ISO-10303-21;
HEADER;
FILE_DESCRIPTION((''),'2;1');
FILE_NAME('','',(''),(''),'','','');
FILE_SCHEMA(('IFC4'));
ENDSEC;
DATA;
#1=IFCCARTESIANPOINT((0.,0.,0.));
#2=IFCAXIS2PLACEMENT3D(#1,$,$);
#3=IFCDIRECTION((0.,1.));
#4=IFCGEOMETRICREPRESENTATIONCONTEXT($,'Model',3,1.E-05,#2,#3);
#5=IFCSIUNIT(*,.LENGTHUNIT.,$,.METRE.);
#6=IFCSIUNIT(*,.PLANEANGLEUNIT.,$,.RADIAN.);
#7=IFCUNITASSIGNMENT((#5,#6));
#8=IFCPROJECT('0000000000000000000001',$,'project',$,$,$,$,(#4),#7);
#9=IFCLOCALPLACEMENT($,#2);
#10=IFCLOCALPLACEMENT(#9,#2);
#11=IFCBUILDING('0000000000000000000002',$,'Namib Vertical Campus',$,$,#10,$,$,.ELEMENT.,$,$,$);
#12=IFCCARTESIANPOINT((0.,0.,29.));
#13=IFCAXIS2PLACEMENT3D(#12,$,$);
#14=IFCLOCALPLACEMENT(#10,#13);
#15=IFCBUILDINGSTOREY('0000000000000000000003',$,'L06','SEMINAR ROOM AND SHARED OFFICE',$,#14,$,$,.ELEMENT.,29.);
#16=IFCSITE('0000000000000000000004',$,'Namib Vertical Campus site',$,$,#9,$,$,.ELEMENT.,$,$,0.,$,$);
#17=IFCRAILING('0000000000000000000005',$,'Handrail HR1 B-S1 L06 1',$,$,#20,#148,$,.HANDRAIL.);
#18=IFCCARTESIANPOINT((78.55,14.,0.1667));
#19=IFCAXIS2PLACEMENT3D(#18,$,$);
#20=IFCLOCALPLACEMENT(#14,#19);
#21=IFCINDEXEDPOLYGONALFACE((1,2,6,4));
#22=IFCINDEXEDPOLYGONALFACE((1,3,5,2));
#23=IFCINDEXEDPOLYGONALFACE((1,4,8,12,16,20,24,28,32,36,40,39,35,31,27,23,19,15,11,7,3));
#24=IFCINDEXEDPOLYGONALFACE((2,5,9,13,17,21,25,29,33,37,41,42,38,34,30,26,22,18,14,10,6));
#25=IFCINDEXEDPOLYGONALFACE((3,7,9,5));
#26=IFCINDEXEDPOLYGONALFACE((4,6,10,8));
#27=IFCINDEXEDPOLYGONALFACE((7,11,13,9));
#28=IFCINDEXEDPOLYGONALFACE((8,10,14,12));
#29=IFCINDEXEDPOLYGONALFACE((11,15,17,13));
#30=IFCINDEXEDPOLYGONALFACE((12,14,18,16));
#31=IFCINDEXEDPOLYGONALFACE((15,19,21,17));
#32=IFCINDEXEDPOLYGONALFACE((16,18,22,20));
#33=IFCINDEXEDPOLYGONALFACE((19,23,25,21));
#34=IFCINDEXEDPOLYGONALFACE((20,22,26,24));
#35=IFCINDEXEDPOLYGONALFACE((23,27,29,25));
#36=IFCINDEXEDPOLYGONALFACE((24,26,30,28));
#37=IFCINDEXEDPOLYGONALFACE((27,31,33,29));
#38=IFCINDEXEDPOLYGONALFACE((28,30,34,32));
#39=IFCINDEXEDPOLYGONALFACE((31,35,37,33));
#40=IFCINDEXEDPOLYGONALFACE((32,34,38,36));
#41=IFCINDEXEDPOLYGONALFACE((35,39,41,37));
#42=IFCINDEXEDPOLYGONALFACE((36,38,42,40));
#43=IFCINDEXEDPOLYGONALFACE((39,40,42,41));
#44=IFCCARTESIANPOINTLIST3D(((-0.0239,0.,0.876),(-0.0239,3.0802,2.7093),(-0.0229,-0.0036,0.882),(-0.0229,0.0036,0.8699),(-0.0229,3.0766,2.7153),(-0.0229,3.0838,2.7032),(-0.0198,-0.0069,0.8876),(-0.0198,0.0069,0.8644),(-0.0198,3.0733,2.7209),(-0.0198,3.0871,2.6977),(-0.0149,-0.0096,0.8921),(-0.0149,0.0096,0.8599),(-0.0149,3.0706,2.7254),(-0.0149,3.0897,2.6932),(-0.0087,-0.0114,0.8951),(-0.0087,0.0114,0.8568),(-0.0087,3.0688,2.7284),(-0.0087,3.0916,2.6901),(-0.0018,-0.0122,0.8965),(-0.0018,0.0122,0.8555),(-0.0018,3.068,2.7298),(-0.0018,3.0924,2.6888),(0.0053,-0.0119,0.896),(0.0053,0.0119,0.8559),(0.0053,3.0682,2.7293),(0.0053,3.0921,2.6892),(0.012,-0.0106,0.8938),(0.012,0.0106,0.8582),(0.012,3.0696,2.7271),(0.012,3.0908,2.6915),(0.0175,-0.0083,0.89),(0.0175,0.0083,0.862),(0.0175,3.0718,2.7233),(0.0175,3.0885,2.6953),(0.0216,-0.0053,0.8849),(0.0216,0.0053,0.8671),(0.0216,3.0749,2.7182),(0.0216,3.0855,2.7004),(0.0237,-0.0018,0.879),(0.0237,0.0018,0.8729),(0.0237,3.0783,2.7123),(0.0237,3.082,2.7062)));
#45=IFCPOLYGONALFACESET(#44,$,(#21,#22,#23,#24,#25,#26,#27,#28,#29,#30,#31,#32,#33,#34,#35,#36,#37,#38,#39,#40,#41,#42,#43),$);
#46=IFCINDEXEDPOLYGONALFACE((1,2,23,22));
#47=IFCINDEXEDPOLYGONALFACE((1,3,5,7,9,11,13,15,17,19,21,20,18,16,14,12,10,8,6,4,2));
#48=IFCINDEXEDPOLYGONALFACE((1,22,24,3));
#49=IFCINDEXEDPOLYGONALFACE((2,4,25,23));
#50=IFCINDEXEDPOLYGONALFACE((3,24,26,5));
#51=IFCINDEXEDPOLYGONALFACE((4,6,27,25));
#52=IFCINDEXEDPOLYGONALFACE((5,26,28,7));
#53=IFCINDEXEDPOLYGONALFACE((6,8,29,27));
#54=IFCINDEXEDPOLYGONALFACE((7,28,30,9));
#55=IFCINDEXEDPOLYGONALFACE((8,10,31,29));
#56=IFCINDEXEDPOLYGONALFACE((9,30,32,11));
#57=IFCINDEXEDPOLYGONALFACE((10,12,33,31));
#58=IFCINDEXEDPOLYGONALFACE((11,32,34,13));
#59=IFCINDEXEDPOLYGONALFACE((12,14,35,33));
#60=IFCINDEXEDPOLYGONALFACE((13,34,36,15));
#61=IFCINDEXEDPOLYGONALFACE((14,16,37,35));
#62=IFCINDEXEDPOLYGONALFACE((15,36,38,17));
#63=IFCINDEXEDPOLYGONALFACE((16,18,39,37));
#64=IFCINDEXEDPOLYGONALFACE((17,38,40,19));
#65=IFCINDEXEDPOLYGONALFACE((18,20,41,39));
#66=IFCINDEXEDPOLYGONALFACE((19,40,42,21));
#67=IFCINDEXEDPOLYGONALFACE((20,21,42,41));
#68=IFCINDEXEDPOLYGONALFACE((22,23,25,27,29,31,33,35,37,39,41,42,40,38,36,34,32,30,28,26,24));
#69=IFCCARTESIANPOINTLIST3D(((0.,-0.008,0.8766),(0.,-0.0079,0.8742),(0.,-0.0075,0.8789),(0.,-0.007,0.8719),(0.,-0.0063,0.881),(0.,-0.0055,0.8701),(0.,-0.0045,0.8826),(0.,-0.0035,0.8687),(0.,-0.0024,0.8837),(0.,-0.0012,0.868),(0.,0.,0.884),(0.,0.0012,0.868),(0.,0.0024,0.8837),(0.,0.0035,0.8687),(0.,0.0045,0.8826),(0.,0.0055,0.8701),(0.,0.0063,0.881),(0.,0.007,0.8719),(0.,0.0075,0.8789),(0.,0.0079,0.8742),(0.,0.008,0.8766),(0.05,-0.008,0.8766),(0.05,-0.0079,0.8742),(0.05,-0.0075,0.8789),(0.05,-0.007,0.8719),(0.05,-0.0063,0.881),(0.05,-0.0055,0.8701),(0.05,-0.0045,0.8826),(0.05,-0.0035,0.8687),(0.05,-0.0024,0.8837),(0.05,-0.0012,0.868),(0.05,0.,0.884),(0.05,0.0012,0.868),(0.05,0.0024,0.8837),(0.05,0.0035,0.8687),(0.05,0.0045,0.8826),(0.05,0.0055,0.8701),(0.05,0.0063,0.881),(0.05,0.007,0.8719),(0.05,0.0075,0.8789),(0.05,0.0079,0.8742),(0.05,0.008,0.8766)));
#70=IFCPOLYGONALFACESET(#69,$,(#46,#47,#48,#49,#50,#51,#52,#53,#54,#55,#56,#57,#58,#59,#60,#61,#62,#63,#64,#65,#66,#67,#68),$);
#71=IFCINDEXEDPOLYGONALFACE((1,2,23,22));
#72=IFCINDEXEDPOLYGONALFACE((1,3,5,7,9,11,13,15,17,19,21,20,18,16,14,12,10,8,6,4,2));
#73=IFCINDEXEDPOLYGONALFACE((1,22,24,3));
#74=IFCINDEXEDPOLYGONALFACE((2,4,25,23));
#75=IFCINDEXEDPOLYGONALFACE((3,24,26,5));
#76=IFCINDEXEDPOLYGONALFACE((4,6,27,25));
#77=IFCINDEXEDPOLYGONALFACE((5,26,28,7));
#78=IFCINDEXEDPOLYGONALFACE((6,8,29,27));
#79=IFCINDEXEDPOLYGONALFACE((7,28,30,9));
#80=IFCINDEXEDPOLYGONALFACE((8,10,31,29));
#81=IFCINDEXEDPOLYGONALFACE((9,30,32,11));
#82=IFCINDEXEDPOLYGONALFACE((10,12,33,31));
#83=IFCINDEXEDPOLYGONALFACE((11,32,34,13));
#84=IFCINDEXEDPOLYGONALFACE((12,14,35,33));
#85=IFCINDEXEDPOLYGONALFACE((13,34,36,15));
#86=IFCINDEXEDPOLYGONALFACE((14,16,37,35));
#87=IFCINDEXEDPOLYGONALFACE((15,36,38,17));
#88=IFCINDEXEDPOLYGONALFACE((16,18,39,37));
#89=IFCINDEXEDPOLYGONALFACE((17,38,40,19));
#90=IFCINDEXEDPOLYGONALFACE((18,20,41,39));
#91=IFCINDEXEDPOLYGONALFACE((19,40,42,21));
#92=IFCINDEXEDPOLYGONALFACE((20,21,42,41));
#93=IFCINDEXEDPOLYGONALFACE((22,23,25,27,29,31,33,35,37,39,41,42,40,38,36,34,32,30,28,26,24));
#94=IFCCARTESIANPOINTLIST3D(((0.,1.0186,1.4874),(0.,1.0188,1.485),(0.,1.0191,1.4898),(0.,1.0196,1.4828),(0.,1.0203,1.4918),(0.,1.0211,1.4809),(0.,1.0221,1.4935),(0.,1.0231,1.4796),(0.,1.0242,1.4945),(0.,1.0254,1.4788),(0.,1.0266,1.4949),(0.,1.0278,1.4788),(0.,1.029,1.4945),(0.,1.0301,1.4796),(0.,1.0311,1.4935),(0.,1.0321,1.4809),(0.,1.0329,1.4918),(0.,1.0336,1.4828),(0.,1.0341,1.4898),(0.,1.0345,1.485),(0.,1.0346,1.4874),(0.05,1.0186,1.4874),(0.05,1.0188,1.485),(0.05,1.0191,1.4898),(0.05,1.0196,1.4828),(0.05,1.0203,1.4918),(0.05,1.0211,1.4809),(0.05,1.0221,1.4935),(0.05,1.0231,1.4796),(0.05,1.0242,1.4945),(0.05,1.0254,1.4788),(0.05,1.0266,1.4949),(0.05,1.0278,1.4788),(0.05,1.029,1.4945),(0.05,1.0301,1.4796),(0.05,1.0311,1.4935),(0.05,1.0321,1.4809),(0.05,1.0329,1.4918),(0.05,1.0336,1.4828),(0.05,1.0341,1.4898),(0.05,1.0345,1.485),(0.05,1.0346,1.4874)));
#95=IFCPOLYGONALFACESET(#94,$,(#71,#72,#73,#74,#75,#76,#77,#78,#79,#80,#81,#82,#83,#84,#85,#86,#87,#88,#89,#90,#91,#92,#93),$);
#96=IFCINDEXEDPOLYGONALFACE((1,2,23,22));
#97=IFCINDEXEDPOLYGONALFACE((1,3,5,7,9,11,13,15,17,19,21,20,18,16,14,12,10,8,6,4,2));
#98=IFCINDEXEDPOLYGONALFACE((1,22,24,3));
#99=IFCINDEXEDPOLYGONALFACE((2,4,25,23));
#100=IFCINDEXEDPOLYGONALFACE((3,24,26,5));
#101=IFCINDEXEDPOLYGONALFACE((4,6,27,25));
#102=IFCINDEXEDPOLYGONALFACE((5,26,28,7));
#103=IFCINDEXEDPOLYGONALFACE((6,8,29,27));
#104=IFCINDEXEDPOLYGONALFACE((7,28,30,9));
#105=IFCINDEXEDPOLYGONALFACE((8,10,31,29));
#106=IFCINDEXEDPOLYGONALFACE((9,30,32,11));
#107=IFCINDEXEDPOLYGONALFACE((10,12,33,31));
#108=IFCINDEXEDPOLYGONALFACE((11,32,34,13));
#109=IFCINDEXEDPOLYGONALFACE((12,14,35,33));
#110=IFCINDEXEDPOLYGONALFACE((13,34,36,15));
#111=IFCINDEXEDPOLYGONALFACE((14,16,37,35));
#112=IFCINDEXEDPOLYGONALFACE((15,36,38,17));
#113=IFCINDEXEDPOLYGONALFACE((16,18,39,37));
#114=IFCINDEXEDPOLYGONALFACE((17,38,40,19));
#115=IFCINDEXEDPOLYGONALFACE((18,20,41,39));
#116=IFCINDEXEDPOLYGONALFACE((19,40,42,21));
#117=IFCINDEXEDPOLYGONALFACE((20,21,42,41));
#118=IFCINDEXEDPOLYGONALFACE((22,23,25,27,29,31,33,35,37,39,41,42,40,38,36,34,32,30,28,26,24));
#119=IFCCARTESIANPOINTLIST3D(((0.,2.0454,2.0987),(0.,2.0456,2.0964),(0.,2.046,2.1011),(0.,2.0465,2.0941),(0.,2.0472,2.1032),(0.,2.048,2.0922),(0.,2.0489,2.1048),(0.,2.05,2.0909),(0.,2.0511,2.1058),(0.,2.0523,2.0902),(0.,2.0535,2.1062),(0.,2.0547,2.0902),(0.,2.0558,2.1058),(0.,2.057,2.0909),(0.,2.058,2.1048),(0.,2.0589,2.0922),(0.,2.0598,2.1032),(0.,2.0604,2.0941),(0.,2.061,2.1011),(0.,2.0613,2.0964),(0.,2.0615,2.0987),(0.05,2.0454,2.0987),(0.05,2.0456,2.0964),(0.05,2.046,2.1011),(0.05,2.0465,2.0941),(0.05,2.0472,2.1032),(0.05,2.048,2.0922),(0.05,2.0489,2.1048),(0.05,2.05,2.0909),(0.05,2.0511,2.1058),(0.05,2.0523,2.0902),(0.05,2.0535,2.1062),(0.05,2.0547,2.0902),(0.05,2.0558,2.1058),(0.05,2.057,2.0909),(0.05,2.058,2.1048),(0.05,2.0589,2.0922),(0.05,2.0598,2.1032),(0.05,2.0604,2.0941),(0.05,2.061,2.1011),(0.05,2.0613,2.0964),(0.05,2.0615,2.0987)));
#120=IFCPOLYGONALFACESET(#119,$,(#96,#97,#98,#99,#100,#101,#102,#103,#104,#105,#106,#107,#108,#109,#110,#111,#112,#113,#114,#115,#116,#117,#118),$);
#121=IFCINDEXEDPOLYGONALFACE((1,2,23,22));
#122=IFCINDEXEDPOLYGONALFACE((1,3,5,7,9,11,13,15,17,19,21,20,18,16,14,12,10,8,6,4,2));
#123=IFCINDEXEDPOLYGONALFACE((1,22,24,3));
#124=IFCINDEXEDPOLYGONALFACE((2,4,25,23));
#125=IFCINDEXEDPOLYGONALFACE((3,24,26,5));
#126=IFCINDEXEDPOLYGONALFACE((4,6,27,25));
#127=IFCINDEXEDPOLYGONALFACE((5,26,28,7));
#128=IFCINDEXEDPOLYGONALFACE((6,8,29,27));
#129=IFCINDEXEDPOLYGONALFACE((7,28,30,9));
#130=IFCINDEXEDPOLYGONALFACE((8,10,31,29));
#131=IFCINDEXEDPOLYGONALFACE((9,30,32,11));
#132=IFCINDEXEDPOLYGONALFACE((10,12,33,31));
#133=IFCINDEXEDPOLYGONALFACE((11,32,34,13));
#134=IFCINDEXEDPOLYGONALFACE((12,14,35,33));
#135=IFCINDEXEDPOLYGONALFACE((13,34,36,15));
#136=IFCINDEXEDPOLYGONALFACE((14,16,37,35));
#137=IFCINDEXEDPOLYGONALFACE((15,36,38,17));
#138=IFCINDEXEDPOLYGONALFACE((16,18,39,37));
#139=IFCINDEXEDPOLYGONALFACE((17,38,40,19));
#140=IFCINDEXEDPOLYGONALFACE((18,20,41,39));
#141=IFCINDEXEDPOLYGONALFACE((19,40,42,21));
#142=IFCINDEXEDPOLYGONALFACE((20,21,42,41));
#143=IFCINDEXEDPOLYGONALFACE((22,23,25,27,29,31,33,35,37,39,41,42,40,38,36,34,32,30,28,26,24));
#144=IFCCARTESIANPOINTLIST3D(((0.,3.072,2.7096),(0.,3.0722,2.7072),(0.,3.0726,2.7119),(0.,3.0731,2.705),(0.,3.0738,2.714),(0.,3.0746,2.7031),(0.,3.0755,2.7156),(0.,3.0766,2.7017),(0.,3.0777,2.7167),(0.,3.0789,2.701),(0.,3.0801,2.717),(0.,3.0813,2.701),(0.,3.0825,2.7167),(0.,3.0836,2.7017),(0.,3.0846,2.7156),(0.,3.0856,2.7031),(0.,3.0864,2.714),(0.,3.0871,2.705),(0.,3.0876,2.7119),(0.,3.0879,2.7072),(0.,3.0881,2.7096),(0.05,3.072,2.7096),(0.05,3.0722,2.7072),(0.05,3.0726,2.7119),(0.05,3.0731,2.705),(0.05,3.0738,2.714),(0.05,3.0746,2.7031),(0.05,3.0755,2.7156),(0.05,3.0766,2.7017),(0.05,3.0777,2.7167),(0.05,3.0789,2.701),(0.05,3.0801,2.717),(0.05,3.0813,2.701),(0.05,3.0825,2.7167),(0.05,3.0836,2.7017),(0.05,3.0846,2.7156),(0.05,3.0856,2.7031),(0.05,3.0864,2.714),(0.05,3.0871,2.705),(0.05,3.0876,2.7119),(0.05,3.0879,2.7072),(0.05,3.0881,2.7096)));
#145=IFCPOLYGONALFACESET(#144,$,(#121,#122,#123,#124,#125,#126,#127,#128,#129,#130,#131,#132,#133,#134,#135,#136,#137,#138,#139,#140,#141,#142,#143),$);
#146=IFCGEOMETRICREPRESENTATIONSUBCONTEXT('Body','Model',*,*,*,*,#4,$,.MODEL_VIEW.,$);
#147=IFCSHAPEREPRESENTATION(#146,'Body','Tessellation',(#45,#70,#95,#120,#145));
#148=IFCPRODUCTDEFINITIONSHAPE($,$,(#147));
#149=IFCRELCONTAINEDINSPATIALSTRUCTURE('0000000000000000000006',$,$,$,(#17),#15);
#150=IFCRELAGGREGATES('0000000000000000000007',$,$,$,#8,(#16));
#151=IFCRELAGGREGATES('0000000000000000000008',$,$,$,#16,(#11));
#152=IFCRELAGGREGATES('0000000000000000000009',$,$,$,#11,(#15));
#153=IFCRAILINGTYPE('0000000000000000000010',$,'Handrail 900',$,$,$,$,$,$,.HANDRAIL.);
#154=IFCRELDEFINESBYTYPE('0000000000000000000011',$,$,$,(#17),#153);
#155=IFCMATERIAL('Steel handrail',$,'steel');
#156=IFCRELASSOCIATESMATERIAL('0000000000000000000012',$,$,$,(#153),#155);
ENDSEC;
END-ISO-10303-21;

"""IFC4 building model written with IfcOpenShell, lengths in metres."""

from ifc_helpers import new_model, si_unit, direction, frame, origin, origin_2d, place, context, subcontext, project, spatial, circle, extrude, material, type_object, element, save


model = new_model("IFC4")

# Units and contexts
model_context = context("Model", 3, precision=1e-05, world=origin(), true_north=direction((0.0, 1.0)))
body_context = subcontext(model_context, "Body", "Model", "MODEL_VIEW")
ifc_project = project(units=[si_unit("LENGTHUNIT", "METRE"), si_unit("PLANEANGLEUNIT", "RADIAN")], contexts=[model_context])

# Site, building, storey
site_placement = place(None, origin())
site = spatial("IfcSite", under=ifc_project, at=site_placement, Name="Namib Vertical Campus site", CompositionType="ELEMENT", RefElevation=0.0)
building_placement = place(site_placement, origin())
building = spatial("IfcBuilding", under=site, at=building_placement, Name="Namib Vertical Campus", CompositionType="ELEMENT")
storey_placement = place(building_placement, frame((0.0, 0.0, 29.0)))
storey = spatial("IfcBuildingStorey", under=building, at=storey_placement, Name="L06", Description="SEMINAR ROOM AND SHARED OFFICE", CompositionType="ELEMENT", Elevation=29.0)

# Railing
ifc_material_1 = material(Name="Steel handrail", Category="steel")
railing_type_1 = type_object("IfcRailingType", Name="Handrail 900", PredefinedType="HANDRAIL", material=ifc_material_1)
railing_1_placement = place(storey_placement, frame((78.55, 14.0, 0.1667)))
element("IfcRailing", 1, at=railing_1_placement, inside=storey, type_object=railing_type_1, Name="Handrail HR1 B-S1 L06 1", PredefinedType="HANDRAIL", context=body_context, shape_type="SweptSolid", body=[
    extrude(circle(Radius=0.0239, at=origin_2d()), frame((0.0, 0.0, 0.876), z_axis=(0.0, 0.859309, 0.511458), x_axis=(-1.0, 0.0, 0.0)), (0.0, 0.0, 1.0), 3.5845),
    extrude(circle(Radius=0.0081, at=origin_2d()), frame((0.0, 0.0, 0.876), z_axis=(1.0, 0.0, 0.0), x_axis=(0.0, 0.0, 1.0)), (0.0, 0.0, 1.0), 0.05),
    extrude(circle(Radius=0.0081, at=origin_2d()), frame((0.0, 1.0266, 1.4868), z_axis=(1.0, 0.0, 0.0), x_axis=(0.0, 0.0, 1.0)), (0.0, 0.0, 1.0), 0.05),
    extrude(circle(Radius=0.0081, at=origin_2d()), frame((0.0, 2.0535, 2.0981), z_axis=(1.0, 0.0, 0.0), x_axis=(0.0, 0.0, 1.0)), (0.0, 0.0, 1.0), 0.05),
    extrude(circle(Radius=0.0081, at=origin_2d()), frame((0.0, 3.0801, 2.709), z_axis=(1.0, 0.0, 0.0), x_axis=(0.0, 0.0, 1.0)), (0.0, 0.0, 1.0), 0.05),
])

save(model, "model.ifc")
